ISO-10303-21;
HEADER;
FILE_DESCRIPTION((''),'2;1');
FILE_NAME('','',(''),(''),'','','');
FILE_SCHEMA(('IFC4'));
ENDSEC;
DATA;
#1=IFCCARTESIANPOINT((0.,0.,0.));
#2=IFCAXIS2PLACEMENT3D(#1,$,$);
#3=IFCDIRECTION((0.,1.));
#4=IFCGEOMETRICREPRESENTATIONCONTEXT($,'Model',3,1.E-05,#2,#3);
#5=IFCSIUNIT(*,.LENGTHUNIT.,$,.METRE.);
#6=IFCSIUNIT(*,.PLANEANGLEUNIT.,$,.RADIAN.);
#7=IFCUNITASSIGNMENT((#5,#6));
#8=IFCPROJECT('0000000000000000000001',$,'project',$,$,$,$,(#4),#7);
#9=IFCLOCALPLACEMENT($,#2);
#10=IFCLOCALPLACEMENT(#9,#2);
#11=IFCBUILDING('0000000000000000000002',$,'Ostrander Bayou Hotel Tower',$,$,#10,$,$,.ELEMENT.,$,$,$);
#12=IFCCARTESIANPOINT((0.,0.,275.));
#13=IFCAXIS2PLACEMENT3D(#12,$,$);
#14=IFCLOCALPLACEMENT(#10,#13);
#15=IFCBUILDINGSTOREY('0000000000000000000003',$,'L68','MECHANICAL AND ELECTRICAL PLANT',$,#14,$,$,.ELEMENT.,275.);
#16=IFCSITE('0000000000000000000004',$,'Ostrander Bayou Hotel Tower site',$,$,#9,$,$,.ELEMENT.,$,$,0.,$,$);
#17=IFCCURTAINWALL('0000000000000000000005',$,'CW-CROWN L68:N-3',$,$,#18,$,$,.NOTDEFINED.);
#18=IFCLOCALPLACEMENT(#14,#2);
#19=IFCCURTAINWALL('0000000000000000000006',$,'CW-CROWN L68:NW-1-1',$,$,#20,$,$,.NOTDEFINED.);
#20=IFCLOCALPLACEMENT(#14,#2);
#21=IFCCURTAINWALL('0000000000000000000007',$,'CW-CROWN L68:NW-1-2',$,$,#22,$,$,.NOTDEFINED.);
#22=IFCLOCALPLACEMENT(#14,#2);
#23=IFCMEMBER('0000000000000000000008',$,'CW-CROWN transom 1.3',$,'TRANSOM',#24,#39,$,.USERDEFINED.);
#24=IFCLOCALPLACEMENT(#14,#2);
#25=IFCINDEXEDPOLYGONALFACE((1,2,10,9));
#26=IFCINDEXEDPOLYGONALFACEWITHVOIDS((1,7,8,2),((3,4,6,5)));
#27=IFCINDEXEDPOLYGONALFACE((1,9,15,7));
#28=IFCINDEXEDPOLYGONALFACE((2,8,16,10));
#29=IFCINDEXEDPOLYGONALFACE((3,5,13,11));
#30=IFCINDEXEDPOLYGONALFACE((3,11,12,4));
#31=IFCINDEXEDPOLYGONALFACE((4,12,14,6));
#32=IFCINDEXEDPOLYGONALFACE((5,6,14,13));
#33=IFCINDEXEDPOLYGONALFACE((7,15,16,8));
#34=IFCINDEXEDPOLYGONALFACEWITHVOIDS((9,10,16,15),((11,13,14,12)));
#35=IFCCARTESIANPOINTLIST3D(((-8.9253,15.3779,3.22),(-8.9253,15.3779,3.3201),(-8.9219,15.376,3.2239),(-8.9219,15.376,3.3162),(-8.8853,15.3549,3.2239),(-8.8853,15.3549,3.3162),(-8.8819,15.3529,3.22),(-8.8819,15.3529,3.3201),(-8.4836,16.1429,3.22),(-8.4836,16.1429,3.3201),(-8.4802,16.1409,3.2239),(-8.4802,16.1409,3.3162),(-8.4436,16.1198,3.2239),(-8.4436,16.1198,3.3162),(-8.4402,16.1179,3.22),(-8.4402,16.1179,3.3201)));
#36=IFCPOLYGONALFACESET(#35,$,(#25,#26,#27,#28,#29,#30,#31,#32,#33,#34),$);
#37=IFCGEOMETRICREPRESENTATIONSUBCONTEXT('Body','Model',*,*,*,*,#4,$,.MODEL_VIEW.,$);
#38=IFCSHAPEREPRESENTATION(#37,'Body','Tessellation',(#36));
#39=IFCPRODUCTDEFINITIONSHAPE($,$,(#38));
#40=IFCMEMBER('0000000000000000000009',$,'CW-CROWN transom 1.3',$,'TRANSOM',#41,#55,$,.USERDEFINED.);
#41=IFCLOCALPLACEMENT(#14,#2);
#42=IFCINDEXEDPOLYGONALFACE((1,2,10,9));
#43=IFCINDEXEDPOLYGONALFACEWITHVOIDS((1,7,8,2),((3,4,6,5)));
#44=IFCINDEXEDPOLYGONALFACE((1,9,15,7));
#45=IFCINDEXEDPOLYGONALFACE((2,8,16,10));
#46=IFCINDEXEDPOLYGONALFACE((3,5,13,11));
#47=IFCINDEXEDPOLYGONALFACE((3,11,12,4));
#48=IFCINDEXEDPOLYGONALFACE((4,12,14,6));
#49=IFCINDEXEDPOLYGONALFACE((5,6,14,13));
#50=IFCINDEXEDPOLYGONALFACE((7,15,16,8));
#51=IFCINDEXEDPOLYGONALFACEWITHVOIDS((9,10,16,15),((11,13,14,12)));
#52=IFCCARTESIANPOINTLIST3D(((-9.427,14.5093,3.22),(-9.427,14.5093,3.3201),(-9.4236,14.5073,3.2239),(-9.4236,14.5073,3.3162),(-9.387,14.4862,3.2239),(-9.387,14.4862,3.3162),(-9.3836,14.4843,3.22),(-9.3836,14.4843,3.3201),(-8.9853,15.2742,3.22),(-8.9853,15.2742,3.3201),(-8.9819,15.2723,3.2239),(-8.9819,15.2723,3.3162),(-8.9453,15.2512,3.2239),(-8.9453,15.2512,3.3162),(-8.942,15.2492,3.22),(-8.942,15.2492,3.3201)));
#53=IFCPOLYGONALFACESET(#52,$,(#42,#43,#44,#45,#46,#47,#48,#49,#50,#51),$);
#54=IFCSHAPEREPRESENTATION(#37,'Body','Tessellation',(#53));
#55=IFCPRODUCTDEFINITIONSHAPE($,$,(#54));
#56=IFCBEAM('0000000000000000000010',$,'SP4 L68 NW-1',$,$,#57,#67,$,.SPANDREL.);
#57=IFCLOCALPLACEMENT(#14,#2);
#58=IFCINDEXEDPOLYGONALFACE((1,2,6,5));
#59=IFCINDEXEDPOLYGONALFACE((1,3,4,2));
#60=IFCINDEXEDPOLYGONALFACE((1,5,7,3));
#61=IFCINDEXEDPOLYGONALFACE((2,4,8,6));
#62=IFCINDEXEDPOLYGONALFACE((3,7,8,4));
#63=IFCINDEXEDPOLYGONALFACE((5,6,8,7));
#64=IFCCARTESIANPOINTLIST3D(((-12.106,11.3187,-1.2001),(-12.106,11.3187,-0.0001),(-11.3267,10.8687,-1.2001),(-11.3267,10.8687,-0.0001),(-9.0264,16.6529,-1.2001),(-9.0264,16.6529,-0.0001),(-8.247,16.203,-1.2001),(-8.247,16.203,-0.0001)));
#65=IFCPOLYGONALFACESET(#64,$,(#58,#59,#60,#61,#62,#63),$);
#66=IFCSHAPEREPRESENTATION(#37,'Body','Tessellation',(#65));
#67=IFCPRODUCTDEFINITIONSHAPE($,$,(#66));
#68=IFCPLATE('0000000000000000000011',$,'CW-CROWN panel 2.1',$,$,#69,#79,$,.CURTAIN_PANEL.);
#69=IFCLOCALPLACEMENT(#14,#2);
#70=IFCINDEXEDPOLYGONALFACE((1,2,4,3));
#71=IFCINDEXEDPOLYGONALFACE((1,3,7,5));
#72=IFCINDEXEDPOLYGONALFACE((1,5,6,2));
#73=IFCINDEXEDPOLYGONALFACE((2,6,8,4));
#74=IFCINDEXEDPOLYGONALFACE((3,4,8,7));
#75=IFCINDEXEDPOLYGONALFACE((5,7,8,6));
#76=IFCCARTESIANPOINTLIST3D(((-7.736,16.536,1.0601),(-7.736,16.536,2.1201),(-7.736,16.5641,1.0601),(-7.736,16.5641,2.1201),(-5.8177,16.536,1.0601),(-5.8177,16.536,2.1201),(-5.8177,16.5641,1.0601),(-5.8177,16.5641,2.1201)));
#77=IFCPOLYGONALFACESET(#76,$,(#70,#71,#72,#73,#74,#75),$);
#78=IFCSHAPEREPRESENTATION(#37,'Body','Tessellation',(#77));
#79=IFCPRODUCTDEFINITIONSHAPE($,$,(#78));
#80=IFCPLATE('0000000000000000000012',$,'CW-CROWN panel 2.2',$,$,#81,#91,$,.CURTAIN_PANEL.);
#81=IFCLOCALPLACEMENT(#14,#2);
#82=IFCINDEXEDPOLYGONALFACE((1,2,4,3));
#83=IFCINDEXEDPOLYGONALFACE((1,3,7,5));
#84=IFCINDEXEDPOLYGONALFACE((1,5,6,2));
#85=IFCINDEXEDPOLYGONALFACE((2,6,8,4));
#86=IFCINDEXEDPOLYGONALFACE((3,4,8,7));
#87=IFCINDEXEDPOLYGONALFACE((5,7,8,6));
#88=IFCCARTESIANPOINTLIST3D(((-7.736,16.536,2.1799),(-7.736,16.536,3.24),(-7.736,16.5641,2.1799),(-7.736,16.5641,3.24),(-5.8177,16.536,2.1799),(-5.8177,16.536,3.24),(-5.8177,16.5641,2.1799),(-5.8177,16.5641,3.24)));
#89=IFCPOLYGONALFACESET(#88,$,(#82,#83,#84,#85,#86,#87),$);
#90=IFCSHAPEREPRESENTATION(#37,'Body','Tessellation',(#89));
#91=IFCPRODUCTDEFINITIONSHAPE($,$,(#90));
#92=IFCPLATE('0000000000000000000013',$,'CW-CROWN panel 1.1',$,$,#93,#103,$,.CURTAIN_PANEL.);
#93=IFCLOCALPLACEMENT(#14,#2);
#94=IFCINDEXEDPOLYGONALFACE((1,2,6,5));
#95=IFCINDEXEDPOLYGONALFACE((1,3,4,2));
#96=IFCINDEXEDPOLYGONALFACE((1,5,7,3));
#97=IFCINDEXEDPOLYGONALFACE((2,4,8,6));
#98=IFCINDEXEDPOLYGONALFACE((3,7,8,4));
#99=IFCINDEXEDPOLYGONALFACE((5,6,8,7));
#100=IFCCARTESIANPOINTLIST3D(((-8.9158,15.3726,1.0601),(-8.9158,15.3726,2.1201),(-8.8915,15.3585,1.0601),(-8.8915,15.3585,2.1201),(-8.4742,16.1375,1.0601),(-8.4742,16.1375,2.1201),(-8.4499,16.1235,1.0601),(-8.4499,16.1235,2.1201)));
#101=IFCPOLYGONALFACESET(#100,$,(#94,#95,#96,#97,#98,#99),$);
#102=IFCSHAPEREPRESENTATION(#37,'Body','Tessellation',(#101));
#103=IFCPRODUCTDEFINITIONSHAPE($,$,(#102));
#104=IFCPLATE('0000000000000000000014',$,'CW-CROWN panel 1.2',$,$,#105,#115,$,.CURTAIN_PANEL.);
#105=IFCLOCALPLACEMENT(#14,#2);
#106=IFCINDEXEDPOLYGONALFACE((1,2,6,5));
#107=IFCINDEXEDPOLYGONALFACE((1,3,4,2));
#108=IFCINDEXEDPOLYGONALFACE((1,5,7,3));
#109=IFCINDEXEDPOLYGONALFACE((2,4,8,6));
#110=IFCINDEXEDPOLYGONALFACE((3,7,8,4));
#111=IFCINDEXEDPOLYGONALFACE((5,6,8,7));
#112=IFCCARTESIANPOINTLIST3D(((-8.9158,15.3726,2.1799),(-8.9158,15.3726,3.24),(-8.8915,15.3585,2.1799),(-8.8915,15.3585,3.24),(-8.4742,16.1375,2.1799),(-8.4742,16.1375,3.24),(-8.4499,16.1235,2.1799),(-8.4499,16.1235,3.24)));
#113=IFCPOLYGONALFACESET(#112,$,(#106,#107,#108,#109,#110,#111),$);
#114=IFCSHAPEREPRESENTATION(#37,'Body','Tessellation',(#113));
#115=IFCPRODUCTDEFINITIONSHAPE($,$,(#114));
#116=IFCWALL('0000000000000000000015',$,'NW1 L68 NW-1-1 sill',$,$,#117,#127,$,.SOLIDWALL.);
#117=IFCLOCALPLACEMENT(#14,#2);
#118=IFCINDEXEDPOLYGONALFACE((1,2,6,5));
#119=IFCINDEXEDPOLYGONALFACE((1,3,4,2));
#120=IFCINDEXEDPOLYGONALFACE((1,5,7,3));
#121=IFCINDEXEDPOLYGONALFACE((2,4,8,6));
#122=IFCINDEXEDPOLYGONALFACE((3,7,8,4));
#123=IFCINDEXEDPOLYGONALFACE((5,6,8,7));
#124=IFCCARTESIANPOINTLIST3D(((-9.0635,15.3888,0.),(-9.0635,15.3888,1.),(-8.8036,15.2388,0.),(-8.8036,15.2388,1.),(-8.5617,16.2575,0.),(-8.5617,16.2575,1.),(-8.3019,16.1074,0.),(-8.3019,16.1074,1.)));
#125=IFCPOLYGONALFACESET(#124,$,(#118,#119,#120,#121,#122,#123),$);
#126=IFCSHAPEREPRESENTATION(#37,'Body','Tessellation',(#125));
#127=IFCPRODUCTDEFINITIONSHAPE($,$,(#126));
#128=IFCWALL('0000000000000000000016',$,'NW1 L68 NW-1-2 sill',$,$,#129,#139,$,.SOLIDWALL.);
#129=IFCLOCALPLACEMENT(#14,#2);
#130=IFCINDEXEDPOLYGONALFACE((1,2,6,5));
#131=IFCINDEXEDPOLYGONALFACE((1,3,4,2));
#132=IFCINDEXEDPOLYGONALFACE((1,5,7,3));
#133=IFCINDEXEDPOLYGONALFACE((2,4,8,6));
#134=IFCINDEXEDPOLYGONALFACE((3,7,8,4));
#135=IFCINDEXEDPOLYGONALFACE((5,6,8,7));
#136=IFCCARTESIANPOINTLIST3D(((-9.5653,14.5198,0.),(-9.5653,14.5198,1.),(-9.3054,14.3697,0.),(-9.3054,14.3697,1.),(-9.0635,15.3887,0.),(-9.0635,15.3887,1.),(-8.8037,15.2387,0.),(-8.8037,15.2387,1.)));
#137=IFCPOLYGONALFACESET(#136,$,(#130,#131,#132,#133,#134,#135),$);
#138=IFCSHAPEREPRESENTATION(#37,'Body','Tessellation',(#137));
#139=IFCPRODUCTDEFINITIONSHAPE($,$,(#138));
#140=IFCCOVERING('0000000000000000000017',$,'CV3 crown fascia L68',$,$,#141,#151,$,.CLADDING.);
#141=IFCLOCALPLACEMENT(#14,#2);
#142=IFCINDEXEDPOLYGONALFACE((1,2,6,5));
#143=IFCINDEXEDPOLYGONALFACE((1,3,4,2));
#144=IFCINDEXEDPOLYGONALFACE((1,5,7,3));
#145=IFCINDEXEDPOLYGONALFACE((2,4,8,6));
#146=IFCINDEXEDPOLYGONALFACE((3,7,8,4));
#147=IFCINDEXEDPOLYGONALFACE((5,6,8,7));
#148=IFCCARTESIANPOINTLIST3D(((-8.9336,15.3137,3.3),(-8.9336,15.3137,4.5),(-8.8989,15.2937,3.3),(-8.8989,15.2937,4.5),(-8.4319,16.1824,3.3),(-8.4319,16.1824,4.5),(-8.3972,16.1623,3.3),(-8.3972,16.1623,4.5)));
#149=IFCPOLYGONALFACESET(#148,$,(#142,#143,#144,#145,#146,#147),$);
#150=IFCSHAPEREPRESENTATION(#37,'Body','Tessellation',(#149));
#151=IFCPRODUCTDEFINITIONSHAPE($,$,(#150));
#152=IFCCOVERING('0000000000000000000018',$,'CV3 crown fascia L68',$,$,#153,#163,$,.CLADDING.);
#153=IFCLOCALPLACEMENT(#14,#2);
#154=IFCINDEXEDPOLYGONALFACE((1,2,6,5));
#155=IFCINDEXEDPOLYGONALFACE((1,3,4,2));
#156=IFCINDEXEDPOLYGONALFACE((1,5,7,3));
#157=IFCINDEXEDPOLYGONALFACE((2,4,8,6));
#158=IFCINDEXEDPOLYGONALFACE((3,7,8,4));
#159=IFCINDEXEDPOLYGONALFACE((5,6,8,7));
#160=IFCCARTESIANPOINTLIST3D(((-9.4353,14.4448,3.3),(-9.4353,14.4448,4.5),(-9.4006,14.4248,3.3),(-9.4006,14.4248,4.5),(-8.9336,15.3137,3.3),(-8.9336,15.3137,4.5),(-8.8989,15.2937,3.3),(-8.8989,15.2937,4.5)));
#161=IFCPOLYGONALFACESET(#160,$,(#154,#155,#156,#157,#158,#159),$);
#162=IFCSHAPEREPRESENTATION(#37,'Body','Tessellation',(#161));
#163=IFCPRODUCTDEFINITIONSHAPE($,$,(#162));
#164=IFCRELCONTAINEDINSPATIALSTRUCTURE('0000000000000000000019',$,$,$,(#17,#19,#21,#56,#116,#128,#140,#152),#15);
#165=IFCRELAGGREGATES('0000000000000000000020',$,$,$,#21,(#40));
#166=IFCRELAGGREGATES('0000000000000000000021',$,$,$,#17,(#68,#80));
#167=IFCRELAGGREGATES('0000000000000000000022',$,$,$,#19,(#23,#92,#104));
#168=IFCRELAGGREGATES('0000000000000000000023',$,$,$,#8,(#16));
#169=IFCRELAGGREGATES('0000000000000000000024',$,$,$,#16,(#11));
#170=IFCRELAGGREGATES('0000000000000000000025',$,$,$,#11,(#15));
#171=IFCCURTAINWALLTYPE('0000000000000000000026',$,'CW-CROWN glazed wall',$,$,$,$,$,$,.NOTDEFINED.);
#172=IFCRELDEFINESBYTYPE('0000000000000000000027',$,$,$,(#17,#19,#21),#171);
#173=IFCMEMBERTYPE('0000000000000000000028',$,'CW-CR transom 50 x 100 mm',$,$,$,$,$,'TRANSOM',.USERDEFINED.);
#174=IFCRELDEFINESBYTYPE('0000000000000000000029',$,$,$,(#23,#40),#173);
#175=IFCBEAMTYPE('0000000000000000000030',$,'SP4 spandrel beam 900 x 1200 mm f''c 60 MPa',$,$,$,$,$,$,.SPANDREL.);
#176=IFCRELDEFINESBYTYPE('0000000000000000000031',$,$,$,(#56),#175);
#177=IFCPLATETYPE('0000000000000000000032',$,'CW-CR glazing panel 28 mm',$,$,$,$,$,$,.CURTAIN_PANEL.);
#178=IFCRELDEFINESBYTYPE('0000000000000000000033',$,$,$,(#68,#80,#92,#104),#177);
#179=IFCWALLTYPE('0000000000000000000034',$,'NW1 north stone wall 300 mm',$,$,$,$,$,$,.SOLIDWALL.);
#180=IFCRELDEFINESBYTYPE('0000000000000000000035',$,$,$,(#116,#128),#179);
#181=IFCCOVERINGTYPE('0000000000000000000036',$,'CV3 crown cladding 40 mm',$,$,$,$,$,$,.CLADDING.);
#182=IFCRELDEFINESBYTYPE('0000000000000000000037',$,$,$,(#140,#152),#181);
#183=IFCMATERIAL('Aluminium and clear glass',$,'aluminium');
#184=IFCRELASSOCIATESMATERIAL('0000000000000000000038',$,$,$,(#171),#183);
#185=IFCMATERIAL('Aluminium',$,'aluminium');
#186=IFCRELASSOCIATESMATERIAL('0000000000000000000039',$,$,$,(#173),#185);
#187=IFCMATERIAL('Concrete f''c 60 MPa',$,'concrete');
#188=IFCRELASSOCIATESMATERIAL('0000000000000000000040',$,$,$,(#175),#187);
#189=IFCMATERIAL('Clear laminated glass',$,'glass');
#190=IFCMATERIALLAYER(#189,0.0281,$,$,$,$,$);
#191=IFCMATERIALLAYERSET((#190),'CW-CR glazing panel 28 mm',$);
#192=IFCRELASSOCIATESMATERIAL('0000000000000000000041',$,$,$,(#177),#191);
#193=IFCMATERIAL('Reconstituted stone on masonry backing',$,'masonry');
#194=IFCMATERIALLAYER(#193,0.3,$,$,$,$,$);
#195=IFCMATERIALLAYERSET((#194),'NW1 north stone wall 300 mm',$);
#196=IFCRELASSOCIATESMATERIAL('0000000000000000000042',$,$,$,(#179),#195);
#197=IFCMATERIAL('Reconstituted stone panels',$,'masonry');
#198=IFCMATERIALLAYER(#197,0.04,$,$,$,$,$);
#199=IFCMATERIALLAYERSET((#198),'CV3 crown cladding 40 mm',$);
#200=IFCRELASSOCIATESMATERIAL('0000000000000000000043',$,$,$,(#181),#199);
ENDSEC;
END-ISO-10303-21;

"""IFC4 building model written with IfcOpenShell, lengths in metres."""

from ifc_helpers import new_model, si_unit, direction, frame, frame_2d, origin, origin_2d, place, context, subcontext, project, spatial, polyline, rectangle, hollow_rectangle, outline, extrude, material, layer, layer_set, material_profile, profile_set, type_object, element, aggregate, save


model = new_model("IFC4")

# Units and contexts
model_context = context("Model", 3, precision=1e-05, world=origin(), true_north=direction((0.0, 1.0)))
body_context = subcontext(model_context, "Body", "Model", "MODEL_VIEW")
ifc_project = project(units=[si_unit("LENGTHUNIT", "METRE"), si_unit("PLANEANGLEUNIT", "RADIAN")], contexts=[model_context])

# Site, building, storey
site_placement = place(None, origin())
site = spatial("IfcSite", under=ifc_project, at=site_placement, Name="Ostrander Bayou Hotel Tower site", CompositionType="ELEMENT", RefElevation=0.0)
building_placement = place(site_placement, origin())
building = spatial("IfcBuilding", under=site, at=building_placement, Name="Ostrander Bayou Hotel Tower", CompositionType="ELEMENT")
storey_placement = place(building_placement, frame((0.0, 0.0, 275.0)))
storey = spatial("IfcBuildingStorey", under=building, at=storey_placement, Name="L68", Description="MECHANICAL AND ELECTRICAL PLANT", CompositionType="ELEMENT", Elevation=275.0)

# Curtain wall
ifc_material_1 = material(Name="Aluminium and clear glass", Category="aluminium")
curtain_wall_type = type_object("IfcCurtainWallType", Name="CW-CROWN glazed wall", PredefinedType="NOTDEFINED", material=ifc_material_1)
curtain_wall_1_placement = place(storey_placement, origin())
curtain_wall_1 = element("IfcCurtainWall", 1, at=curtain_wall_1_placement, inside=storey, type_object=curtain_wall_type, Name="CW-CROWN L68:N-3", PredefinedType="NOTDEFINED")

# Curtain wall
curtain_wall_2_placement = place(storey_placement, origin())
curtain_wall_2 = element("IfcCurtainWall", 2, at=curtain_wall_2_placement, inside=storey, type_object=curtain_wall_type, Name="CW-CROWN L68:NW-1-1", PredefinedType="NOTDEFINED")

# Curtain wall
curtain_wall_3_placement = place(storey_placement, origin())
curtain_wall_3 = element("IfcCurtainWall", 3, at=curtain_wall_3_placement, inside=storey, type_object=curtain_wall_type, Name="CW-CROWN L68:NW-1-2", PredefinedType="NOTDEFINED")

# Members
ifc_material_2 = material(Name="Aluminium", Category="aluminium")
ifc_material_profile_1 = material_profile(ifc_material_2, hollow_rectangle(XDim=0.05, YDim=0.1001, WallThickness=0.0039, at=origin_2d()))
ifc_profile_set_1 = profile_set([ifc_material_profile_1], Name="Aluminium")
member_type_1 = type_object("IfcMemberType", Name="CW-CR transom 50 x 100 mm", ElementType="TRANSOM", PredefinedType="USERDEFINED", material=ifc_profile_set_1)
member_1_placement = place(storey_placement, frame((-8.4619, 16.1304, 3.27), z_axis=(-0.500034, -0.866006, 0.0), x_axis=(0.866006, -0.500034, 0.0)))
member_1 = element("IfcMember", 4, at=member_1_placement, type_object=member_type_1, Name="CW-CROWN transom 1.3", ObjectType="TRANSOM", PredefinedType="USERDEFINED", context=body_context, shape_type="SweptSolid", body=[
    extrude(hollow_rectangle(XDim=0.05, YDim=0.1001, WallThickness=0.0039, at=origin_2d()), origin(), (0.0, 0.0, 1.0), 0.8833),
])
member_2_placement = place(storey_placement, frame((-8.9636, 15.2617, 3.27), z_axis=(-0.500034, -0.866006, 0.0), x_axis=(0.866006, -0.500034, 0.0)))
member_2 = element("IfcMember", 5, at=member_2_placement, type_object=member_type_1, Name="CW-CROWN transom 1.3", ObjectType="TRANSOM", PredefinedType="USERDEFINED", context=body_context, shape_type="SweptSolid", body=[
    extrude(hollow_rectangle(XDim=0.05, YDim=0.1001, WallThickness=0.0039, at=origin_2d()), origin(), (0.0, 0.0, 1.0), 0.8833),
])
aggregate(curtain_wall_3, [member_2])

# Beam
ifc_material_3 = material(Name="Concrete f'c 60 MPa", Category="concrete")
ifc_material_profile_2 = material_profile(ifc_material_3, rectangle(XDim=0.8999, YDim=1.2, at=origin_2d()))
ifc_profile_set_2 = profile_set([ifc_material_profile_2], Name="Concrete f'c 60 MPa")
beam_type = type_object("IfcBeamType", Name="SP4 spandrel beam 900 x 1200 mm f'c 60 MPa", PredefinedType="SPANDREL", material=ifc_profile_set_2)
beam_placement = place(storey_placement, frame((-8.6367, 16.428, -0.6001), z_axis=(-0.499984, -0.866034, 0.0), x_axis=(0.866034, -0.499984, 0.0)))
element("IfcBeam", 6, at=beam_placement, inside=storey, type_object=beam_type, Name="SP4 L68 NW-1", PredefinedType="SPANDREL", context=body_context, shape_type="SweptSolid", body=[
    extrude(rectangle(XDim=0.8999, YDim=1.2, at=origin_2d()), origin(), (0.0, 0.0, 1.0), 6.1594),
])

# Plates
ifc_material_4 = material(Name="Clear laminated glass", Category="glass")
ifc_layer_1 = layer(ifc_material_4, 0.0281)
ifc_layer_set_1 = layer_set([ifc_layer_1], Name="CW-CR glazing panel 28 mm")
plate_type = type_object("IfcPlateType", Name="CW-CR glazing panel 28 mm", PredefinedType="CURTAIN_PANEL", material=ifc_layer_set_1)
plate_1_placement = place(storey_placement, frame((-6.7769, 16.55, 1.0601), z_axis=(0.0, 0.0, 1.0), x_axis=(-1.0, 0.0, 0.0)))
plate_1 = element("IfcPlate", 7, at=plate_1_placement, type_object=plate_type, Name="CW-CROWN panel 2.1", PredefinedType="CURTAIN_PANEL", context=body_context, shape_type="SweptSolid", body=[
    extrude(rectangle(XDim=1.9182, YDim=0.0281, at=origin_2d()), origin(), (0.0, 0.0, 1.0), 1.0601),
])
plate_2_placement = place(storey_placement, frame((-6.7769, 16.55, 2.1799), z_axis=(0.0, 0.0, 1.0), x_axis=(-1.0, 0.0, 0.0)))
plate_2 = element("IfcPlate", 8, at=plate_2_placement, type_object=plate_type, Name="CW-CROWN panel 2.2", PredefinedType="CURTAIN_PANEL", context=body_context, shape_type="SweptSolid", body=[
    extrude(rectangle(XDim=1.9182, YDim=0.0281, at=origin_2d()), origin(), (0.0, 0.0, 1.0), 1.0601),
])
aggregate(curtain_wall_1, [plate_1, plate_2])
plate_3_placement = place(storey_placement, frame((-8.6829, 15.748, 1.0601), z_axis=(0.0, 0.0, 1.0), x_axis=(-0.499999, -0.866026, 0.0)))
plate_3 = element("IfcPlate", 9, at=plate_3_placement, type_object=plate_type, Name="CW-CROWN panel 1.1", PredefinedType="CURTAIN_PANEL", context=body_context, shape_type="SweptSolid", body=[
    extrude(rectangle(XDim=0.8833, YDim=0.0281, at=origin_2d()), origin(), (0.0, 0.0, 1.0), 1.0601),
])
plate_4_placement = place(storey_placement, frame((-8.6829, 15.748, 2.1799), z_axis=(0.0, 0.0, 1.0), x_axis=(-0.499999, -0.866026, 0.0)))
plate_4 = element("IfcPlate", 10, at=plate_4_placement, type_object=plate_type, Name="CW-CROWN panel 1.2", PredefinedType="CURTAIN_PANEL", context=body_context, shape_type="SweptSolid", body=[
    extrude(rectangle(XDim=0.8833, YDim=0.0281, at=origin_2d()), origin(), (0.0, 0.0, 1.0), 1.0601),
])
aggregate(curtain_wall_2, [member_1, plate_3, plate_4])

# Walls
ifc_material_5 = material(Name="Reconstituted stone on masonry backing", Category="masonry")
ifc_layer_2 = layer(ifc_material_5, 0.3)
ifc_layer_set_2 = layer_set([ifc_layer_2], Name="NW1 north stone wall 300 mm")
wall_type_1 = type_object("IfcWallType", Name="NW1 north stone wall 300 mm", PredefinedType="SOLIDWALL", material=ifc_layer_set_2)
wall_1_placement = place(storey_placement, frame((-8.4319, 16.1824, 0.0), z_axis=(0.0, 0.0, 1.0), x_axis=(-0.500144, -0.865942, 0.0)))
element("IfcWall", 11, at=wall_1_placement, inside=storey, type_object=wall_type_1, Name="NW1 L68 NW-1-1 sill", PredefinedType="SOLIDWALL", context=body_context, shape_type="SweptSolid", body=[
    extrude(rectangle(XDim=1.0032, YDim=0.3, at=frame_2d((0.5015, 0.0))), origin(), (0.0, 0.0, 1.0), 1.0),
])
wall_2_placement = place(storey_placement, frame((-8.9336, 15.3137, 0.0), z_axis=(0.0, 0.0, 1.0), x_axis=(-0.500038, -0.866003, 0.0)))
element("IfcWall", 12, at=wall_2_placement, inside=storey, type_object=wall_type_1, Name="NW1 L68 NW-1-2 sill", PredefinedType="SOLIDWALL", context=body_context, shape_type="SweptSolid", body=[
    extrude(rectangle(XDim=1.0034, YDim=0.3, at=frame_2d((0.5017, 0.0))), origin(), (0.0, 0.0, 1.0), 1.0),
])

# Coverings
ifc_material_6 = material(Name="Reconstituted stone panels", Category="masonry")
ifc_layer_3 = layer(ifc_material_6, 0.04)
ifc_layer_set_3 = layer_set([ifc_layer_3], Name="CV3 crown cladding 40 mm")
covering_type = type_object("IfcCoveringType", Name="CV3 crown cladding 40 mm", PredefinedType="CLADDING", material=ifc_layer_set_3)
covering_1_placement = place(storey_placement, frame((-8.4319, 16.1824, 3.3), z_axis=(-0.865942, 0.500144, 0.0), x_axis=(-0.500144, -0.865942, 0.0)))
element("IfcCovering", 13, at=covering_1_placement, inside=storey, type_object=covering_type, Name="CV3 crown fascia L68", PredefinedType="CLADDING", context=body_context, shape_type="SweptSolid", body=[
    extrude(outline(polyline([(0.0, 0.0), (1.0031, 0.0), (1.0031, 1.2), (0.0, 1.2), (0.0, 0.0)])), origin(), (0.0, 0.0, -1.0), 0.04),
])
covering_2_placement = place(storey_placement, frame((-8.9336, 15.3137, 3.3), z_axis=(-0.866003, 0.500038, 0.0), x_axis=(-0.500038, -0.866003, 0.0)))
element("IfcCovering", 14, at=covering_2_placement, inside=storey, type_object=covering_type, Name="CV3 crown fascia L68", PredefinedType="CLADDING", context=body_context, shape_type="SweptSolid", body=[
    extrude(outline(polyline([(0.0, 0.0), (1.0033, 0.0), (1.0033, 1.2), (0.0, 1.2), (0.0, 0.0)])), origin(), (0.0, 0.0, -1.0), 0.04),
])

save(model, "model.ifc")
